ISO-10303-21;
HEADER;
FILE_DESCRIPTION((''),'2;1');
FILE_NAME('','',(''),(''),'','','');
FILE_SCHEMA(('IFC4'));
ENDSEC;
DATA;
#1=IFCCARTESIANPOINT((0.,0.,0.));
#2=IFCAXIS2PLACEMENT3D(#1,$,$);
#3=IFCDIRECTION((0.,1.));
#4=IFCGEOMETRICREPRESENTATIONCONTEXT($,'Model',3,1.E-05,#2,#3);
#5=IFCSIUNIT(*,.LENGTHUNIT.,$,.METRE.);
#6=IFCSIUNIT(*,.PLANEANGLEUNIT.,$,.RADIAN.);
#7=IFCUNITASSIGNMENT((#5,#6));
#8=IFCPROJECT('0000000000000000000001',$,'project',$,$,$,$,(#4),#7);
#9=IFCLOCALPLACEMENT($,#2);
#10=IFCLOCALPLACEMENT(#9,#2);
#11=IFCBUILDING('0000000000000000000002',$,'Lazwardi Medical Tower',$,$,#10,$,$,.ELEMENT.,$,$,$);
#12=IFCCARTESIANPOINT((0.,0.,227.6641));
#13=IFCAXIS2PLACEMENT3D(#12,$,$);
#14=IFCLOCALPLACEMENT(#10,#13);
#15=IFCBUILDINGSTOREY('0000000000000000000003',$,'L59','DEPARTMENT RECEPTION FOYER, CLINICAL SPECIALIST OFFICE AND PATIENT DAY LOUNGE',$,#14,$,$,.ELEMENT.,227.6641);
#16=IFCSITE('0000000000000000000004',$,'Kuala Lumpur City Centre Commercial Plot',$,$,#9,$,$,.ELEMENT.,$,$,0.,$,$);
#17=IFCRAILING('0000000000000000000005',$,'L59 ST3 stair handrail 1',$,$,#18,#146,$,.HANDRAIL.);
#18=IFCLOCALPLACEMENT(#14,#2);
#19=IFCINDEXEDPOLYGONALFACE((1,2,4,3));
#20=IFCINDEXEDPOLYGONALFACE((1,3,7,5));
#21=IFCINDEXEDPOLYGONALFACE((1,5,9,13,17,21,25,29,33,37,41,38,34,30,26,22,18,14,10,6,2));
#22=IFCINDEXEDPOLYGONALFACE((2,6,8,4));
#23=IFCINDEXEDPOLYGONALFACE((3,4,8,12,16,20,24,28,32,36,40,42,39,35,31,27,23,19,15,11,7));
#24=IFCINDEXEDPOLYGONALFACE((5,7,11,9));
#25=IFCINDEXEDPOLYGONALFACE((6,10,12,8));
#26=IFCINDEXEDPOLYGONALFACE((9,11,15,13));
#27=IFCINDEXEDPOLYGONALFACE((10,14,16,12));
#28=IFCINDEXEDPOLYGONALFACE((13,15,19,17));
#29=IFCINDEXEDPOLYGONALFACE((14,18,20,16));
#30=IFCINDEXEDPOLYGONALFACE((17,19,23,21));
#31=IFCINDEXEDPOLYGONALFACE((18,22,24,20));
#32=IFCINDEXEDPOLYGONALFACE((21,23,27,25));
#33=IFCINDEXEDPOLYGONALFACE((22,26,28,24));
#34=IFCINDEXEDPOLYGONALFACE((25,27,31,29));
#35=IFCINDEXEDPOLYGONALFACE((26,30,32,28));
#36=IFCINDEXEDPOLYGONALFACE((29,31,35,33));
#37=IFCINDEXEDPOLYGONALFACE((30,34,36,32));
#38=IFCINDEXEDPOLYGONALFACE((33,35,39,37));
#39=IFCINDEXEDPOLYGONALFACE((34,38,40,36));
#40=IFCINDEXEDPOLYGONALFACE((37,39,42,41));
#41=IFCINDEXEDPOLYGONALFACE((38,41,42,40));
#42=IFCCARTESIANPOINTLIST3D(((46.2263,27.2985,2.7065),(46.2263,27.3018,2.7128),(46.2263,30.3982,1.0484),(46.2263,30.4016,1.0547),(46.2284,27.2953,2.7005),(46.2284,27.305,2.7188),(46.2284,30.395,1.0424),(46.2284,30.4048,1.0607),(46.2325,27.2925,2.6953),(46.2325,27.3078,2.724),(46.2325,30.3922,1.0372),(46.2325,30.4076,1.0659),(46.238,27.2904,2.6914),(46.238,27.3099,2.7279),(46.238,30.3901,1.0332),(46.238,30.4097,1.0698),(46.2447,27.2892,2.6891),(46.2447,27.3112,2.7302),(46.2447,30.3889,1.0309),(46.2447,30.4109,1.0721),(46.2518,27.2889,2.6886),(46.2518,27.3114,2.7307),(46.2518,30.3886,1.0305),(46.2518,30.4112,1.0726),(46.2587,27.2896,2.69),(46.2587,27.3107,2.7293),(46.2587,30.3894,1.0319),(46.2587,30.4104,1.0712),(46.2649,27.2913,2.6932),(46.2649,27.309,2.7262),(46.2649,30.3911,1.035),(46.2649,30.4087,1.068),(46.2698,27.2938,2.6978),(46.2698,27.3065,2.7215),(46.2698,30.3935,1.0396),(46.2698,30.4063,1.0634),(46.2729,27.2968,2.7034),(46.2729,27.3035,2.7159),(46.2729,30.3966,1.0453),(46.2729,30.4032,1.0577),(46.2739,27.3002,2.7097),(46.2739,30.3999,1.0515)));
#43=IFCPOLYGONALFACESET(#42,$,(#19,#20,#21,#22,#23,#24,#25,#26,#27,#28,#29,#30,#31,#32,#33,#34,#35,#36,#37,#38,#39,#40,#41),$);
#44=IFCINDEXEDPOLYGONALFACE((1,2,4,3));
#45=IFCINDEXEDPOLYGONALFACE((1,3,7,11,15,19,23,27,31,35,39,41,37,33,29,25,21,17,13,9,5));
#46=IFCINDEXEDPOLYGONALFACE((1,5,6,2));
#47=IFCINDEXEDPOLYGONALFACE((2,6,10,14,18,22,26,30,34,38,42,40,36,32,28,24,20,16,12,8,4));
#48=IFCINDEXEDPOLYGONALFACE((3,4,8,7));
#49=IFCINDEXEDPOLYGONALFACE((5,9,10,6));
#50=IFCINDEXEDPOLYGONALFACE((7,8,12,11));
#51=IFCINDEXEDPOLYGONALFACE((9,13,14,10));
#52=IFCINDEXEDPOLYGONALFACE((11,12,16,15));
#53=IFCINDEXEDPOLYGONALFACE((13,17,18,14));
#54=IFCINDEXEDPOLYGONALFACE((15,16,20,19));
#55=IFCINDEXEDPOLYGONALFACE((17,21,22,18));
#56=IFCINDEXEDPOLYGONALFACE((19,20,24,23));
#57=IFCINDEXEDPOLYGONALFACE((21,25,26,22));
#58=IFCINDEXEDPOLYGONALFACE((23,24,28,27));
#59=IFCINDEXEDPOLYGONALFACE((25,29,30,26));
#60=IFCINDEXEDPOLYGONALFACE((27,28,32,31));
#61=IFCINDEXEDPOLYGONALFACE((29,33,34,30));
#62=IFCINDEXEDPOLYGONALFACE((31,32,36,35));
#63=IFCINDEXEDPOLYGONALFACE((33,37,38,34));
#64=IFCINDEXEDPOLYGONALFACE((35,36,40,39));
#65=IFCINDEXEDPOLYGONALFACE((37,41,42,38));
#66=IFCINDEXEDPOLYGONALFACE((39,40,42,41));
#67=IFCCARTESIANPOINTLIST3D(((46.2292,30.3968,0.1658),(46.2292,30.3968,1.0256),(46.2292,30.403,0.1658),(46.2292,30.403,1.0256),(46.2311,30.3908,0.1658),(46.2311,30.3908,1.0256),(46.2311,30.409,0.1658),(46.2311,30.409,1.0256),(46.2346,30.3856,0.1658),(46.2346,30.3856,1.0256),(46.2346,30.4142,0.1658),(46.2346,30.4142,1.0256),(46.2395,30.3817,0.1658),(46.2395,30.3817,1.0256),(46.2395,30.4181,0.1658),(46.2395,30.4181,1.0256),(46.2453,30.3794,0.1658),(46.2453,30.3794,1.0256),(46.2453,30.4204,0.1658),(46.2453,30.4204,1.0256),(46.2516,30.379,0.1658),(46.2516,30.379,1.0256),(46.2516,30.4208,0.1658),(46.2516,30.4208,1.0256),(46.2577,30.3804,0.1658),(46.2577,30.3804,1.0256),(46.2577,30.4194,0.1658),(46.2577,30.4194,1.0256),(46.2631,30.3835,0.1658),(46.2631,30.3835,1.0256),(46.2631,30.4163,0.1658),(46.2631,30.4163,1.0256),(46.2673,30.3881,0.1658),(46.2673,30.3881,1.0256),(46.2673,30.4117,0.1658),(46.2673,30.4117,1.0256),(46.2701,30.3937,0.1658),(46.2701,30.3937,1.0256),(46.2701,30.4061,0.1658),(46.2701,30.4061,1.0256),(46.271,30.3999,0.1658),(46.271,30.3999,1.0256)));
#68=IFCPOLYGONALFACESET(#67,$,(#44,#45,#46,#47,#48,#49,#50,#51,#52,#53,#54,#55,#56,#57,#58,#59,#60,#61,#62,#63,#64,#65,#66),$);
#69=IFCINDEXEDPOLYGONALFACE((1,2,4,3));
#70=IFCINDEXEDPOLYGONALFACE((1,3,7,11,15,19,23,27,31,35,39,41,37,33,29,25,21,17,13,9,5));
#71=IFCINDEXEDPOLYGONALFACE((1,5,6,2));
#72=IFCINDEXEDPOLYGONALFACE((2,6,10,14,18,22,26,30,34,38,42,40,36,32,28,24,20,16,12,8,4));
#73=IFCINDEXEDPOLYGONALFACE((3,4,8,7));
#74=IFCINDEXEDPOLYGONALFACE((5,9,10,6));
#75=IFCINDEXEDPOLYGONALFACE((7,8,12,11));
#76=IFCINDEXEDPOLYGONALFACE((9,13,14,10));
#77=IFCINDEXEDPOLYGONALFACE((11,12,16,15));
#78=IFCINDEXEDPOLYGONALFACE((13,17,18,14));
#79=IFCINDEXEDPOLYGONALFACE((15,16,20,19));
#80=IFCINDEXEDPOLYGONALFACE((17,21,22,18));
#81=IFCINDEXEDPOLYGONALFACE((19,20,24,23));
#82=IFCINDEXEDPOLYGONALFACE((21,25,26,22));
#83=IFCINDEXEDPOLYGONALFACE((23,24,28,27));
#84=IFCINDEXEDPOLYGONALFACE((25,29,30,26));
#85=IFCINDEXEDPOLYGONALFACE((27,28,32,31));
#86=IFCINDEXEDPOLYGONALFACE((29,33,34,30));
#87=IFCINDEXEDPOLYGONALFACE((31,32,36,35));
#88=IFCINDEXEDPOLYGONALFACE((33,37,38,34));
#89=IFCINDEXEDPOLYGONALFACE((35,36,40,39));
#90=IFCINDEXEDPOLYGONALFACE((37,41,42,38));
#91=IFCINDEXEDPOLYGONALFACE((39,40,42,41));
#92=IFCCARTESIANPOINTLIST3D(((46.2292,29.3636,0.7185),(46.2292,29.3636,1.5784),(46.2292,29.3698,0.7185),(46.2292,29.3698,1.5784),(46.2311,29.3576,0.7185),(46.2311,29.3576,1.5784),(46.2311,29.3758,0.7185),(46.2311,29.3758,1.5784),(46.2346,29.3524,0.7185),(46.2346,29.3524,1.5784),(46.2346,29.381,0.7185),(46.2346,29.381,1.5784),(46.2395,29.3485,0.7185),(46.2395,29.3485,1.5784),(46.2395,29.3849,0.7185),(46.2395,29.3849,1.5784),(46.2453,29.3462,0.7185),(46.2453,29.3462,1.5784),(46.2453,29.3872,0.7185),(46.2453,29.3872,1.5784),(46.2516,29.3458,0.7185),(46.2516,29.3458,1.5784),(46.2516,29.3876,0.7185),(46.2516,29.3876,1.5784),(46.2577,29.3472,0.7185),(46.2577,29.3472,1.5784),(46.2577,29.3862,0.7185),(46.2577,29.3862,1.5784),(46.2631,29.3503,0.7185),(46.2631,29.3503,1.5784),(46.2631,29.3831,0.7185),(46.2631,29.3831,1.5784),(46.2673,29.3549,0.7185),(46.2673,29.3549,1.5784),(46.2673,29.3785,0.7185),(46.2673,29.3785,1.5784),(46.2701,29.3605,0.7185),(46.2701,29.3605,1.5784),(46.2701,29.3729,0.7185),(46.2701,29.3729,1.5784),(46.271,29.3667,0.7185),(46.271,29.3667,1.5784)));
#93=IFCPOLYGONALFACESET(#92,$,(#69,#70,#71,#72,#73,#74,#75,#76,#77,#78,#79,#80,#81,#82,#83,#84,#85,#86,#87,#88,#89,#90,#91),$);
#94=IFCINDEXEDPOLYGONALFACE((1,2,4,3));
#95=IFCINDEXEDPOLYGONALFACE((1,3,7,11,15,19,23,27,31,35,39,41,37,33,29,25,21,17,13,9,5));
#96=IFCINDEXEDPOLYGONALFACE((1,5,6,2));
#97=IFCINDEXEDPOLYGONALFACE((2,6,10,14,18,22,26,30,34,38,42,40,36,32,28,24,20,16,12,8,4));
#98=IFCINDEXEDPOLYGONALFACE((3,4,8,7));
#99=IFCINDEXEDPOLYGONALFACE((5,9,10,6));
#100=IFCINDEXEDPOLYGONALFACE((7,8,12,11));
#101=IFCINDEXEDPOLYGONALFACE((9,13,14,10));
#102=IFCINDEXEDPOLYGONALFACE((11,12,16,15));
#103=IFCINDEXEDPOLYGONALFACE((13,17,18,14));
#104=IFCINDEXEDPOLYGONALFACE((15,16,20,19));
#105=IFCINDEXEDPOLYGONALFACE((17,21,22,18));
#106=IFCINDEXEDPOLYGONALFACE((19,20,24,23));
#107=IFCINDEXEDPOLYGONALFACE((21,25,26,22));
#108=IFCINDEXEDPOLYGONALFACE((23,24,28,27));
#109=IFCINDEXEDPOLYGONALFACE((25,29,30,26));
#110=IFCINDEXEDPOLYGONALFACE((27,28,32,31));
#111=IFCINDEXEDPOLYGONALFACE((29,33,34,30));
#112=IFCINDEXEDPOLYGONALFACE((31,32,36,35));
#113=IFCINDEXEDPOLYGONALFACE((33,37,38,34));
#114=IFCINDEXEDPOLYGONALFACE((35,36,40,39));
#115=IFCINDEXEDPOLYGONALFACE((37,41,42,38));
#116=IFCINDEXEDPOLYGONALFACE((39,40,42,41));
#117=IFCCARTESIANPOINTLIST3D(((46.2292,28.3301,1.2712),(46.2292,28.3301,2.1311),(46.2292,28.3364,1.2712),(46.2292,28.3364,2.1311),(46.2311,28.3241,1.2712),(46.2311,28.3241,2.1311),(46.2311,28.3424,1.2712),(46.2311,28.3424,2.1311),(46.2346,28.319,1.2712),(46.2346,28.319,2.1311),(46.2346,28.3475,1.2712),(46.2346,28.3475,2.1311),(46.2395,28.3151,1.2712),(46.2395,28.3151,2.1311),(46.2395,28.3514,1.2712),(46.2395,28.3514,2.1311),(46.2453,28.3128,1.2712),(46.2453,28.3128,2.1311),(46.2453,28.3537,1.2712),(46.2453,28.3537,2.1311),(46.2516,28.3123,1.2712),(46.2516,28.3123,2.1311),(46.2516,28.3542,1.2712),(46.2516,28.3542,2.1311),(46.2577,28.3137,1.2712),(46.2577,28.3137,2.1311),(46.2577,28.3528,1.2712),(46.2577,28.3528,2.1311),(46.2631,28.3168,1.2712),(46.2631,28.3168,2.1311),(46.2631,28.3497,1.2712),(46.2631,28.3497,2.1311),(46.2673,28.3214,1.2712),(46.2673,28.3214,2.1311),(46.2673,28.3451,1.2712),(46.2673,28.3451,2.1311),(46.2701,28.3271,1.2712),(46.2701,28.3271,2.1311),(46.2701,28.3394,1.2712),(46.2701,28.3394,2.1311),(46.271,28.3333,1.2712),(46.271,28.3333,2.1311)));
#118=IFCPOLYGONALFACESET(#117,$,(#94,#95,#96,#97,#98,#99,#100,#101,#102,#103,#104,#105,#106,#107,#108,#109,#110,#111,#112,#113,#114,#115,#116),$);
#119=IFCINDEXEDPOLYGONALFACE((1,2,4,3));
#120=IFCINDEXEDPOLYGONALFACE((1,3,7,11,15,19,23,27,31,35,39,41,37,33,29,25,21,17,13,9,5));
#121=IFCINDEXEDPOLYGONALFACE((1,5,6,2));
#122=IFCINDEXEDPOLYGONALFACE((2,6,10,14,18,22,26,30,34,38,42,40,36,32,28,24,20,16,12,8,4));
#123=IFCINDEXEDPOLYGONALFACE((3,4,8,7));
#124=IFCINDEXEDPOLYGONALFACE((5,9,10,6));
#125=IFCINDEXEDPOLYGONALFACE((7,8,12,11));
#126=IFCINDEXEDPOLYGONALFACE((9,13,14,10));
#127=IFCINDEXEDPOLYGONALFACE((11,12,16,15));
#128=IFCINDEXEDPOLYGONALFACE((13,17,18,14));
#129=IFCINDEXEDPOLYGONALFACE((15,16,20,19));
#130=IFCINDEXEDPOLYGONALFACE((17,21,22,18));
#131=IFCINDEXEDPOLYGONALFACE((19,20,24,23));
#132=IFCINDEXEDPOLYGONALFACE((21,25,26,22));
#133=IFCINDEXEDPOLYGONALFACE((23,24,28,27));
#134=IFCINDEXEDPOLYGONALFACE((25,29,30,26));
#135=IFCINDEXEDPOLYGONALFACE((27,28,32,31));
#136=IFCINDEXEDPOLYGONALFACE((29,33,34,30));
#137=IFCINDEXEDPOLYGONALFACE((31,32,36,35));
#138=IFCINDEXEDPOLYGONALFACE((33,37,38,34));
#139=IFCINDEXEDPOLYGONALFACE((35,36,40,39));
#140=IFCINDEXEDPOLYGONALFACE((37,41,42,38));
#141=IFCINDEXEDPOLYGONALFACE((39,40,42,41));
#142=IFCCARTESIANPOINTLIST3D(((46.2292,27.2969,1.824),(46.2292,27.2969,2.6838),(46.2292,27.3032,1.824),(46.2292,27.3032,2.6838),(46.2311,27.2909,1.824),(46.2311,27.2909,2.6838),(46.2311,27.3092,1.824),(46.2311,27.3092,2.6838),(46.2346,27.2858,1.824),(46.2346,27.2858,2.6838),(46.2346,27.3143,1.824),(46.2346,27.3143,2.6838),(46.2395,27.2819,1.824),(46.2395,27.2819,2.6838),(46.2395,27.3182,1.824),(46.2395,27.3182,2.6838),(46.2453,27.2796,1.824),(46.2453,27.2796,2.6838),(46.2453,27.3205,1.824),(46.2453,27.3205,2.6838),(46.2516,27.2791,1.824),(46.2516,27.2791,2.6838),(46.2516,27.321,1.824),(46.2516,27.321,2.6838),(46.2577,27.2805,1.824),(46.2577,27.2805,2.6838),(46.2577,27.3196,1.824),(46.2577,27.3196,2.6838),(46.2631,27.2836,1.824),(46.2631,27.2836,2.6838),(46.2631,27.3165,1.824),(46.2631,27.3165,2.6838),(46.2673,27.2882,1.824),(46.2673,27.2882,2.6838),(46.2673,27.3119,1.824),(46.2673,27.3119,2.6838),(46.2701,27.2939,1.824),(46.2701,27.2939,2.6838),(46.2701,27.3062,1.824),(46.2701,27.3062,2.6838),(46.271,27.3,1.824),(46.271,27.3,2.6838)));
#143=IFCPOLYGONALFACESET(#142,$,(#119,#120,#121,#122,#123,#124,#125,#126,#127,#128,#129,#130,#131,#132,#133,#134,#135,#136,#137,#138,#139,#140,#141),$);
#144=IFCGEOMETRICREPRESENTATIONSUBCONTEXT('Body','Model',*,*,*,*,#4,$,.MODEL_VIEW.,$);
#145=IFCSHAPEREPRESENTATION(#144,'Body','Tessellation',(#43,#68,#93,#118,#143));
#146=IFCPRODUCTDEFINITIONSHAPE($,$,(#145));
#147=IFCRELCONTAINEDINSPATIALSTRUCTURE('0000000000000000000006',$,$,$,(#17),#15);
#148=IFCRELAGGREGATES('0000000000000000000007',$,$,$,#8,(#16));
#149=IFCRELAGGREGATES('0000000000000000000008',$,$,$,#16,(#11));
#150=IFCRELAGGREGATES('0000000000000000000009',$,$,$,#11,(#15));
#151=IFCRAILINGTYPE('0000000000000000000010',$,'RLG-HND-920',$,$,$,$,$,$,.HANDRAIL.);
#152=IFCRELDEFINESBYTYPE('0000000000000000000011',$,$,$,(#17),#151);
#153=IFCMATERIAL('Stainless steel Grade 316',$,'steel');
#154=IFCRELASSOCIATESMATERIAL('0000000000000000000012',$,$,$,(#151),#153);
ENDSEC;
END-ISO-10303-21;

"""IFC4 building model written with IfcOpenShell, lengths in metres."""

from ifc_helpers import new_model, si_unit, direction, frame, origin, origin_2d, place, context, subcontext, project, spatial, circle, extrude, material, type_object, element, save


model = new_model("IFC4")

# Units and contexts
model_context = context("Model", 3, precision=1e-05, world=origin(), true_north=direction((0.0, 1.0)))
body_context = subcontext(model_context, "Body", "Model", "MODEL_VIEW")
ifc_project = project(units=[si_unit("LENGTHUNIT", "METRE"), si_unit("PLANEANGLEUNIT", "RADIAN")], contexts=[model_context])

# Site, building, storey
site_placement = place(None, origin())
site = spatial("IfcSite", under=ifc_project, at=site_placement, Name="Kuala Lumpur City Centre Commercial Plot", CompositionType="ELEMENT", RefElevation=0.0)
building_placement = place(site_placement, origin())
building = spatial("IfcBuilding", under=site, at=building_placement, Name="Lazwardi Medical Tower", CompositionType="ELEMENT")
storey_placement = place(building_placement, frame((0.0, 0.0, 227.6641)))
storey = spatial("IfcBuildingStorey", under=building, at=storey_placement, Name="L59", Description="DEPARTMENT RECEPTION FOYER, CLINICAL SPECIALIST OFFICE AND PATIENT DAY LOUNGE", CompositionType="ELEMENT", Elevation=227.6641)

# Railing
ifc_material_1 = material(Name="Stainless steel Grade 316", Category="steel")
railing_type = type_object("IfcRailingType", Name="RLG-HND-920", PredefinedType="HANDRAIL", material=ifc_material_1)
railing_1_placement = place(storey_placement, frame((46.25, 30.3999, 0.1658)))
element("IfcRailing", 1, at=railing_1_placement, inside=storey, type_object=railing_type, Name="L59 ST3 stair handrail 1", PredefinedType="HANDRAIL", context=body_context, shape_type="SweptSolid", body=[
    extrude(circle(Radius=0.0239, at=origin_2d()), frame((0.0, 0.0, 0.8857), z_axis=(0.0, -0.881768, 0.471684), x_axis=(1.0, 0.0, 0.0)), (0.0, 0.0, 1.0), 3.5154),
    extrude(circle(Radius=0.021, at=origin_2d()), origin(), (0.0, 0.0, 1.0), 0.8599),
    extrude(circle(Radius=0.021, at=origin_2d()), frame((0.0, -1.0332, 0.5527)), (0.0, 0.0, 1.0), 0.8599),
    extrude(circle(Radius=0.021, at=origin_2d()), frame((0.0, -2.0667, 1.1055)), (0.0, 0.0, 1.0), 0.8599),
    extrude(circle(Radius=0.021, at=origin_2d()), frame((0.0, -3.0999, 1.6582)), (0.0, 0.0, 1.0), 0.8599),
])

save(model, "model.ifc")
